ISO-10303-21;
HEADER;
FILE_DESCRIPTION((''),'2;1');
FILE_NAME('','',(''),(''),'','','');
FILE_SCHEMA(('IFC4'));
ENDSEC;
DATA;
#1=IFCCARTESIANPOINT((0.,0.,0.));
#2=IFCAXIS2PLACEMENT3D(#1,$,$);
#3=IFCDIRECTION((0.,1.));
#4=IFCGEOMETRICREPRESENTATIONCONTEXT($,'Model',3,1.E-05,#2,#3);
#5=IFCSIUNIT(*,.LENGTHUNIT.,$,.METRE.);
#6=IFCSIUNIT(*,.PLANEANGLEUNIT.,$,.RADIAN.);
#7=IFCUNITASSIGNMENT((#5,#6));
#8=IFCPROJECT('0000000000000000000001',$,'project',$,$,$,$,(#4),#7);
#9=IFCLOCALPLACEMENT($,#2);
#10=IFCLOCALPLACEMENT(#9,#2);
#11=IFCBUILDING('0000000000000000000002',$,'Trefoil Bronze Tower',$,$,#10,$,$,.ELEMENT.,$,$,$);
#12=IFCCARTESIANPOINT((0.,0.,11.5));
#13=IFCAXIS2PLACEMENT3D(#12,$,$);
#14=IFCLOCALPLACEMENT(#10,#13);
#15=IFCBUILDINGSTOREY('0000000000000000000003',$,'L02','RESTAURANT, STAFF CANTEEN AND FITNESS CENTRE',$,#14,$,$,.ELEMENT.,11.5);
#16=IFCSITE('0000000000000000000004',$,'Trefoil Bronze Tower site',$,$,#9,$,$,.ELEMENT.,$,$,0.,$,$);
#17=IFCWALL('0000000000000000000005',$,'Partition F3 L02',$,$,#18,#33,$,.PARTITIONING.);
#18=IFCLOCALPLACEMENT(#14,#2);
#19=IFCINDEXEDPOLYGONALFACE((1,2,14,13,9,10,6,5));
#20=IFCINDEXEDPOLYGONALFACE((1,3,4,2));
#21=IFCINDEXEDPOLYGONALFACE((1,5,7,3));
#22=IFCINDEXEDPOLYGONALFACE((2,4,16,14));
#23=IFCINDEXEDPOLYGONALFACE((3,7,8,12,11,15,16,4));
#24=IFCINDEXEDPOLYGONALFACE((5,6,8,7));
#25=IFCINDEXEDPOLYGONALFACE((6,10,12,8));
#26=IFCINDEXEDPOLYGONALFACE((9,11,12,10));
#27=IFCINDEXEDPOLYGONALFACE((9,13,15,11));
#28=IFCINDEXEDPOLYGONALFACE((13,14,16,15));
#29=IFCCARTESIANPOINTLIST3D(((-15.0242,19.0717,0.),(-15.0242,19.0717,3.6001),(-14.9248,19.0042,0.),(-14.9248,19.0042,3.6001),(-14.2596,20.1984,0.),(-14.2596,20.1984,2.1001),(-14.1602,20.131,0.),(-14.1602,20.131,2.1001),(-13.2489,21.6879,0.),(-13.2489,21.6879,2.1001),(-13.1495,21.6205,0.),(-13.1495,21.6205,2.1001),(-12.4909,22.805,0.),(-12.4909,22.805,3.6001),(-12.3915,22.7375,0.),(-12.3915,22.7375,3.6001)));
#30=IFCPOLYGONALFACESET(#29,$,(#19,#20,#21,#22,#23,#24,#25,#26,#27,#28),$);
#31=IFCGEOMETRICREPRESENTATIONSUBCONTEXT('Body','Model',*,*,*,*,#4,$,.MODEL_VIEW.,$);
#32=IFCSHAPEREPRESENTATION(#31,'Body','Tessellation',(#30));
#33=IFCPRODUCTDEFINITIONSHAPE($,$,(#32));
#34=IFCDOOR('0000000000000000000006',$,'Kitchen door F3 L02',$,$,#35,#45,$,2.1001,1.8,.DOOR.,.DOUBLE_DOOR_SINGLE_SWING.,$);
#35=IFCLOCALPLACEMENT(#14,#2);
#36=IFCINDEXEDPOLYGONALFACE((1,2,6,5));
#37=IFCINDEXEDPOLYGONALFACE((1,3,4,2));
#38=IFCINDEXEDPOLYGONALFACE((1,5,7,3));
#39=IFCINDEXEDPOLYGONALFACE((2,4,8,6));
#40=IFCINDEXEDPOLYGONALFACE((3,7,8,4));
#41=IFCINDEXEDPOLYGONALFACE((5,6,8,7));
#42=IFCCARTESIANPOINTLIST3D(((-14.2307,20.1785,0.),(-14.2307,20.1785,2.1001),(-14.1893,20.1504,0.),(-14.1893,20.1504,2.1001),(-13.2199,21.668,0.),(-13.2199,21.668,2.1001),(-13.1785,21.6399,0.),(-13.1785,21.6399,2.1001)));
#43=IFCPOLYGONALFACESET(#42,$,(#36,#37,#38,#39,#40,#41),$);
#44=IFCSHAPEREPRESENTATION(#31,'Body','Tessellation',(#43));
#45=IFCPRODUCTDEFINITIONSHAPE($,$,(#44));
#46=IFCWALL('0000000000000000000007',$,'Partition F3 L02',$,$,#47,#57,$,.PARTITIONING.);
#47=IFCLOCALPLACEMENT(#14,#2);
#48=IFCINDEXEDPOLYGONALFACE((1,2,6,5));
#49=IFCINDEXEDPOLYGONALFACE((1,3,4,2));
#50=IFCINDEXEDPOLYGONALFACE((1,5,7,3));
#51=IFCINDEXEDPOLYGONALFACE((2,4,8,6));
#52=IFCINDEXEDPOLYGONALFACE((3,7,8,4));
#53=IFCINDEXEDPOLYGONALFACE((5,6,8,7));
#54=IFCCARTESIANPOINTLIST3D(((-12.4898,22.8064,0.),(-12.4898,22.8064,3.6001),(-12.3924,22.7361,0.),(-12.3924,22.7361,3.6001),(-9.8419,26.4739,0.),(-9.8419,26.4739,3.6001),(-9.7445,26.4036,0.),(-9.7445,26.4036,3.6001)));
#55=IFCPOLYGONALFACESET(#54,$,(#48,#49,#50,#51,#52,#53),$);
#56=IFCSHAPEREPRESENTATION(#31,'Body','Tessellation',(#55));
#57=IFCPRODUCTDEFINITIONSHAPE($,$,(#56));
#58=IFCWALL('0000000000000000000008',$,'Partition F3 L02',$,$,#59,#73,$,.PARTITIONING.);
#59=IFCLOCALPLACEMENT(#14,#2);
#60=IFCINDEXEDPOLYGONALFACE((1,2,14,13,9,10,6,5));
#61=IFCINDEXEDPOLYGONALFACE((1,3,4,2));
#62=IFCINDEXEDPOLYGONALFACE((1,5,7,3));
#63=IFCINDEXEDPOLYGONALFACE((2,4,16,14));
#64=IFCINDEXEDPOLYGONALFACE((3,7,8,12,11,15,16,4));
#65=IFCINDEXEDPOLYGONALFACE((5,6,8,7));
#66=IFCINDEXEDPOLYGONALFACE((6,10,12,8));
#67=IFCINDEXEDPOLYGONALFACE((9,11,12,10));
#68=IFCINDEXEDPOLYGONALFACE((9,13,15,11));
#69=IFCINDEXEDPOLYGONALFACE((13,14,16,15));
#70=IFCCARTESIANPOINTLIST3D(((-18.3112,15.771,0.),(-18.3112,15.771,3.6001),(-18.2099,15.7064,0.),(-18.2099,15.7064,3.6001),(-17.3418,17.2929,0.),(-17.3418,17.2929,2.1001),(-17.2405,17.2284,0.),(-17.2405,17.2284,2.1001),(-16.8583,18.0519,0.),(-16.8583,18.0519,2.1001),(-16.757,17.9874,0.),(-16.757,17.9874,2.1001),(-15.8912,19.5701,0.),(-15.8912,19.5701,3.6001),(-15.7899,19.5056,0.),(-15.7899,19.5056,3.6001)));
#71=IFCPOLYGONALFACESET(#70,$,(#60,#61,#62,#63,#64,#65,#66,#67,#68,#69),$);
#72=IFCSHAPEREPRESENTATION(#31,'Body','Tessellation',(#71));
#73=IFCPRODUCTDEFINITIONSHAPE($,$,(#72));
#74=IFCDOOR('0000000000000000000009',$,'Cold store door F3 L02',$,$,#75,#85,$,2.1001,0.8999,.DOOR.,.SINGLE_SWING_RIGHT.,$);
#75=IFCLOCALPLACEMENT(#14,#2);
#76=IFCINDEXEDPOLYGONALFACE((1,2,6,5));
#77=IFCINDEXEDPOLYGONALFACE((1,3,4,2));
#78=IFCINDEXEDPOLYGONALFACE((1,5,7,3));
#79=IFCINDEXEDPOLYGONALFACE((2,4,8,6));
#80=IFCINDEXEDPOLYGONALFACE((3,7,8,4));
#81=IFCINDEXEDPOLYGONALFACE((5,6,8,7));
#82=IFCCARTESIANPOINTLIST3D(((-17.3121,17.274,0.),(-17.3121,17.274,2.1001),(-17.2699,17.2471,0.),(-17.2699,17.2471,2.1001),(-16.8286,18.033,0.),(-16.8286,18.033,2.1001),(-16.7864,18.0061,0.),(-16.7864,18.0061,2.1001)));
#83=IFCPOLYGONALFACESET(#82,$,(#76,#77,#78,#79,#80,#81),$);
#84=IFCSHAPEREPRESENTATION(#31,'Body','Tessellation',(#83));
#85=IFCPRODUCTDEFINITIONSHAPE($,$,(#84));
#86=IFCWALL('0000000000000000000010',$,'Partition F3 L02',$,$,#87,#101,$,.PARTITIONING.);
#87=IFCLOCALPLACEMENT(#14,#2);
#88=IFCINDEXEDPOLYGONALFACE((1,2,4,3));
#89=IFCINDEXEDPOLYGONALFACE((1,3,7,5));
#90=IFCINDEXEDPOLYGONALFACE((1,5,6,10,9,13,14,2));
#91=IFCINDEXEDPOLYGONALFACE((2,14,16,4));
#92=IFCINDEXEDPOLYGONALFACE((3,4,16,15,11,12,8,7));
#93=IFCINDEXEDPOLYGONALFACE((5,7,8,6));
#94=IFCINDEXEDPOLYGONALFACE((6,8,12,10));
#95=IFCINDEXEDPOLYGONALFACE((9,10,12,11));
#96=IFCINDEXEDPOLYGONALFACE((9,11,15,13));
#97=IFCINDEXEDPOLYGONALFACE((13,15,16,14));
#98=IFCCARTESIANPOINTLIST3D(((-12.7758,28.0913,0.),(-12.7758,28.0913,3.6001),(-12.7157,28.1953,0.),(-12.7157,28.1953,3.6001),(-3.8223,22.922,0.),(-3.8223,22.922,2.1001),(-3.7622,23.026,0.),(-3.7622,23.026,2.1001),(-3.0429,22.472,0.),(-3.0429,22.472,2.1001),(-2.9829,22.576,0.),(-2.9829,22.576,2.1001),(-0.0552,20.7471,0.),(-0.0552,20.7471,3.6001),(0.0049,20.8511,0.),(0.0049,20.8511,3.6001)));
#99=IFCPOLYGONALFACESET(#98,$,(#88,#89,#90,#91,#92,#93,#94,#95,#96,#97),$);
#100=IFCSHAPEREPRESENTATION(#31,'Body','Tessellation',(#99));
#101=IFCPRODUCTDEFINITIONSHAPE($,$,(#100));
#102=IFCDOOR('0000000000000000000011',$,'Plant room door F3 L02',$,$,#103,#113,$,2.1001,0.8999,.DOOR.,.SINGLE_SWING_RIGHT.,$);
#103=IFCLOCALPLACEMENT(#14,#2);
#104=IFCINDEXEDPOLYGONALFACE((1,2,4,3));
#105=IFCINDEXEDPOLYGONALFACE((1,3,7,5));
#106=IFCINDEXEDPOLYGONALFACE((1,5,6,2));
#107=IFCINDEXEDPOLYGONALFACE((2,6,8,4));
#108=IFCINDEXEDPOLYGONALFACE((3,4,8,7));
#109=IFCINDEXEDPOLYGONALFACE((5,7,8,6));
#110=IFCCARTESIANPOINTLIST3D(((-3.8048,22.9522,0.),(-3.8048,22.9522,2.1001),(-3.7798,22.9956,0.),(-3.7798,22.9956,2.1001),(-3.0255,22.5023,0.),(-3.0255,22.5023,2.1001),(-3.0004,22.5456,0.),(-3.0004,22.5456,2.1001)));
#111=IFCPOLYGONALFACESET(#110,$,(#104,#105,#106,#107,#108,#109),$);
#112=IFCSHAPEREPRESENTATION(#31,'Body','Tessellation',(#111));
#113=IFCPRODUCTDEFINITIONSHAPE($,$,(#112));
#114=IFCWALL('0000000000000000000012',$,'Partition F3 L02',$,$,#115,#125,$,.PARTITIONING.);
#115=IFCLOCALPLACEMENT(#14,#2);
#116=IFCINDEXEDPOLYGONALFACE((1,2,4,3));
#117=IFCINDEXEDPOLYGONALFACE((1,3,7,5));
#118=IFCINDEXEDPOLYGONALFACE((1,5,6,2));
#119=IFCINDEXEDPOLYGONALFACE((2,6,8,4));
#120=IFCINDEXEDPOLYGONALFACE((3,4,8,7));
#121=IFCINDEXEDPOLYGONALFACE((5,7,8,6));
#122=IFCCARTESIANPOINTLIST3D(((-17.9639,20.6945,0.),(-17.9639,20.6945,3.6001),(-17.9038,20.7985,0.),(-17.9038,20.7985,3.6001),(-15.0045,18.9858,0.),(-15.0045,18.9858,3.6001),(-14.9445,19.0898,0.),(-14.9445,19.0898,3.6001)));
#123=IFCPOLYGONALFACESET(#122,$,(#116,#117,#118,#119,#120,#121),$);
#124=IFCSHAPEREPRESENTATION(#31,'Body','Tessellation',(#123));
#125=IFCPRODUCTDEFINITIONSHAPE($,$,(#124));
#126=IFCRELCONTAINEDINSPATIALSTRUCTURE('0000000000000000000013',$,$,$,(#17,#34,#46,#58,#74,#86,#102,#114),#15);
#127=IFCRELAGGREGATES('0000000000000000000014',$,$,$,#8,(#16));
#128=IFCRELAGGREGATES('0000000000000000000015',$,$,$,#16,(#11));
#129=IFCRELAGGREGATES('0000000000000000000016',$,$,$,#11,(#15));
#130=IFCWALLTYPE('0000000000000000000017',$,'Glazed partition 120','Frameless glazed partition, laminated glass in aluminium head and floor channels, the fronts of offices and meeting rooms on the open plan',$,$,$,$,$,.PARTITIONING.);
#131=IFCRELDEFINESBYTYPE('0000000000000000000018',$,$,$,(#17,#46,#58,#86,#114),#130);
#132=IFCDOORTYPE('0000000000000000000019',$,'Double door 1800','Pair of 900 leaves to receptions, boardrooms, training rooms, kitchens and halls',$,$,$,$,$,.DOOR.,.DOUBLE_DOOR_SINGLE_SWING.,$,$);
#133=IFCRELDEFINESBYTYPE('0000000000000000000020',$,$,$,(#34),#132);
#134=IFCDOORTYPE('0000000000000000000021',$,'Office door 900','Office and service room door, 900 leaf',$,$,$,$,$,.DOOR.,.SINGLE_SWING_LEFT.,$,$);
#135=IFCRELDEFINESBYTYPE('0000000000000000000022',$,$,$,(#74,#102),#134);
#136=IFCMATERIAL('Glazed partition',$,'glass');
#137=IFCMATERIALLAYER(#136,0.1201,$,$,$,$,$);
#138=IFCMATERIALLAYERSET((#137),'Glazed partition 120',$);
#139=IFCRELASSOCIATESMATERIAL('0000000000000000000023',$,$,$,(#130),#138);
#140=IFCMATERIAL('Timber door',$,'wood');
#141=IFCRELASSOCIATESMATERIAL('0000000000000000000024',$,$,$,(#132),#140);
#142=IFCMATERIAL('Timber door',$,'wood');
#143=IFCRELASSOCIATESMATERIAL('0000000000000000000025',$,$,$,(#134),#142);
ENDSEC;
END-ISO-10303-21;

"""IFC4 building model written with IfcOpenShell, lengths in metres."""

from ifc_helpers import new_model, si_unit, direction, frame, frame_2d, origin, place, context, subcontext, project, spatial, rectangle, extrude, material, layer, layer_set, type_object, element, fill, save


model = new_model("IFC4")

# Units and contexts
model_context = context("Model", 3, precision=1e-05, world=origin(), true_north=direction((0.0, 1.0)))
body_context = subcontext(model_context, "Body", "Model", "MODEL_VIEW")
ifc_project = project(units=[si_unit("LENGTHUNIT", "METRE"), si_unit("PLANEANGLEUNIT", "RADIAN")], contexts=[model_context])

# Site, building, storey
site_placement = place(None, origin())
site = spatial("IfcSite", under=ifc_project, at=site_placement, Name="Trefoil Bronze Tower site", CompositionType="ELEMENT", RefElevation=0.0)
building_placement = place(site_placement, origin())
building = spatial("IfcBuilding", under=site, at=building_placement, Name="Trefoil Bronze Tower", CompositionType="ELEMENT")
storey_placement = place(building_placement, frame((0.0, 0.0, 11.5)))
storey = spatial("IfcBuildingStorey", under=building, at=storey_placement, Name="L02", Description="RESTAURANT, STAFF CANTEEN AND FITNESS CENTRE", CompositionType="ELEMENT", Elevation=11.5)

# Wall, opening, door
ifc_material_1 = material(Name="Glazed partition", Category="glass")
ifc_layer_1 = layer(ifc_material_1, 0.1201)
ifc_layer_set_1 = layer_set([ifc_layer_1], Name="Glazed partition 120")
wall_type = type_object("IfcWallType", Name="Glazed partition 120", Description="Frameless glazed partition, laminated glass in aluminium head and floor channels, the fronts of offices and meeting rooms on the open plan", PredefinedType="PARTITIONING", material=ifc_layer_set_1)
wall_1_placement = place(storey_placement, frame((-12.4412, 22.7712, 0.0), z_axis=(0.0, 0.0, 1.0), x_axis=(-0.561512, -0.827469, 0.0)))
wall_1 = element("IfcWall", 1, at=wall_1_placement, inside=storey, type_object=wall_type, Name="Partition F3 L02", PredefinedType="PARTITIONING", context=body_context, shape_type="SweptSolid", body=[
    extrude(rectangle(XDim=4.5117, YDim=0.1201, at=frame_2d((2.2559, 0.0))), origin(), (0.0, 0.0, 1.0), 3.6001),
])
opening_1_placement = place(wall_1_placement, frame((1.3501, 0.0, 0.0)))
opening_1 = element("IfcOpeningElement", 2, at=opening_1_placement, cuts=wall_1, PredefinedType="OPENING", context=body_context, shape_type="SweptSolid", body=[
    extrude(rectangle(XDim=1.8, YDim=2.1001, at=frame_2d((0.8999, 1.05))), frame((0.0, 0.0701, 0.0), z_axis=(0.0, -1.0, 0.0), x_axis=(1.0, 0.0, 0.0)), (0.0, 0.0, 1.0), 0.1401),
])
ifc_material_2 = material(Name="Timber door", Category="wood")
door_type_1 = type_object("IfcDoorType", Name="Double door 1800", Description="Pair of 900 leaves to receptions, boardrooms, training rooms, kitchens and halls", OperationType="DOUBLE_DOOR_SINGLE_SWING", PredefinedType="DOOR", material=ifc_material_2)
door_1_placement = place(opening_1_placement, frame((1.8, 0.0, 0.0), z_axis=(0.0, 0.0, 1.0), x_axis=(-1.0, 0.0, 0.0)))
door_1 = element("IfcDoor", 3, at=door_1_placement, inside=storey, type_object=door_type_1, Name="Kitchen door F3 L02", OperationType="DOUBLE_DOOR_SINGLE_SWING", OverallHeight=2.1001, OverallWidth=1.8, PredefinedType="DOOR", context=body_context, shape_type="SweptSolid", body=[
    extrude(rectangle(XDim=1.8, YDim=2.1001, at=frame_2d((0.8999, 1.05))), frame((0.0, 0.0249, 0.0), z_axis=(0.0, -1.0, 0.0), x_axis=(1.0, 0.0, 0.0)), (0.0, 0.0, 1.0), 0.05),
])
fill(opening_1, door_1)

# Wall
wall_2_placement = place(storey_placement, frame((-9.7932, 26.4387, 0.0), z_axis=(0.0, 0.0, 1.0), x_axis=(-0.585376, -0.810762, 0.0)))
element("IfcWall", 4, at=wall_2_placement, inside=storey, type_object=wall_type, Name="Partition F3 L02", PredefinedType="PARTITIONING", context=body_context, shape_type="SweptSolid", body=[
    extrude(rectangle(XDim=4.5234, YDim=0.1201, at=frame_2d((2.2617, 0.0))), origin(), (0.0, 0.0, 1.0), 3.6001),
])

# Walls, openings, doors
wall_3_placement = place(storey_placement, frame((-15.8406, 19.5378, 0.0), z_axis=(0.0, 0.0, 1.0), x_axis=(-0.537244, -0.843427, 0.0)))
wall_3 = element("IfcWall", 5, at=wall_3_placement, inside=storey, type_object=wall_type, Name="Partition F3 L02", PredefinedType="PARTITIONING", context=body_context, shape_type="SweptSolid", body=[
    extrude(rectangle(XDim=4.5044, YDim=0.1201, at=frame_2d((2.2522, 0.0))), origin(), (0.0, 0.0, 1.0), 3.6001),
])
opening_2_placement = place(wall_3_placement, frame((1.8, 0.0, 0.0)))
opening_2 = element("IfcOpeningElement", 6, at=opening_2_placement, cuts=wall_3, PredefinedType="OPENING", context=body_context, shape_type="SweptSolid", body=[
    extrude(rectangle(XDim=0.8999, YDim=2.1001, at=frame_2d((0.45, 1.05))), frame((0.0, 0.0701, 0.0), z_axis=(0.0, -1.0, 0.0), x_axis=(1.0, 0.0, 0.0)), (0.0, 0.0, 1.0), 0.1401),
])
ifc_material_3 = material(Name="Timber door", Category="wood")
door_type_2 = type_object("IfcDoorType", Name="Office door 900", Description="Office and service room door, 900 leaf", OperationType="SINGLE_SWING_LEFT", PredefinedType="DOOR", material=ifc_material_3)
door_2_placement = place(opening_2_placement, frame((0.8999, 0.0, 0.0), z_axis=(0.0, 0.0, 1.0), x_axis=(-1.0, 0.0, 0.0)))
door_2 = element("IfcDoor", 7, at=door_2_placement, inside=storey, type_object=door_type_2, Name="Cold store door F3 L02", OperationType="SINGLE_SWING_RIGHT", OverallHeight=2.1001, OverallWidth=0.8999, PredefinedType="DOOR", context=body_context, shape_type="SweptSolid", body=[
    extrude(rectangle(XDim=0.8999, YDim=2.1001, at=frame_2d((0.45, 1.05))), frame((0.0, 0.0249, 0.0), z_axis=(0.0, -1.0, 0.0), x_axis=(1.0, 0.0, 0.0)), (0.0, 0.0, 1.0), 0.05),
])
fill(opening_2, door_2)
wall_4_placement = place(storey_placement, frame((-0.0251, 20.7991, 0.0), z_axis=(0.0, 0.0, 1.0), x_axis=(-0.866027, 0.499997, 0.0)))
wall_4 = element("IfcWall", 8, at=wall_4_placement, inside=storey, type_object=wall_type, Name="Partition F3 L02", PredefinedType="PARTITIONING", context=body_context, shape_type="SweptSolid", body=[
    extrude(rectangle(XDim=14.6885, YDim=0.1201, at=frame_2d((7.3442, 0.0))), origin(), (0.0, 0.0, 1.0), 3.6001),
])
opening_3_placement = place(wall_4_placement, frame((3.45, 0.0, 0.0)))
opening_3 = element("IfcOpeningElement", 9, at=opening_3_placement, cuts=wall_4, PredefinedType="OPENING", context=body_context, shape_type="SweptSolid", body=[
    extrude(rectangle(XDim=0.8999, YDim=2.1001, at=frame_2d((0.45, 1.05))), frame((0.0, 0.0701, 0.0), z_axis=(0.0, -1.0, 0.0), x_axis=(1.0, 0.0, 0.0)), (0.0, 0.0, 1.0), 0.1401),
])
door_3_placement = place(opening_3_placement, frame((0.8999, 0.0, 0.0), z_axis=(0.0, 0.0, 1.0), x_axis=(-1.0, 0.0, 0.0)))
door_3 = element("IfcDoor", 10, at=door_3_placement, inside=storey, type_object=door_type_2, Name="Plant room door F3 L02", OperationType="SINGLE_SWING_RIGHT", OverallHeight=2.1001, OverallWidth=0.8999, PredefinedType="DOOR", context=body_context, shape_type="SweptSolid", body=[
    extrude(rectangle(XDim=0.8999, YDim=2.1001, at=frame_2d((0.45, 1.05))), frame((0.0, 0.0249, 0.0), z_axis=(0.0, -1.0, 0.0), x_axis=(1.0, 0.0, 0.0)), (0.0, 0.0, 1.0), 0.05),
])
fill(opening_3, door_3)

# Wall
wall_5_placement = place(storey_placement, frame((-14.9746, 19.0378, 0.0), z_axis=(0.0, 0.0, 1.0), x_axis=(-0.866014, 0.500019, 0.0)))
element("IfcWall", 11, at=wall_5_placement, inside=storey, type_object=wall_type, Name="Partition F3 L02", PredefinedType="PARTITIONING", context=body_context, shape_type="SweptSolid", body=[
    extrude(rectangle(XDim=3.4172, YDim=0.1201, at=frame_2d((1.7085, 0.0))), origin(), (0.0, 0.0, 1.0), 3.6001),
])

save(model, "model.ifc")
